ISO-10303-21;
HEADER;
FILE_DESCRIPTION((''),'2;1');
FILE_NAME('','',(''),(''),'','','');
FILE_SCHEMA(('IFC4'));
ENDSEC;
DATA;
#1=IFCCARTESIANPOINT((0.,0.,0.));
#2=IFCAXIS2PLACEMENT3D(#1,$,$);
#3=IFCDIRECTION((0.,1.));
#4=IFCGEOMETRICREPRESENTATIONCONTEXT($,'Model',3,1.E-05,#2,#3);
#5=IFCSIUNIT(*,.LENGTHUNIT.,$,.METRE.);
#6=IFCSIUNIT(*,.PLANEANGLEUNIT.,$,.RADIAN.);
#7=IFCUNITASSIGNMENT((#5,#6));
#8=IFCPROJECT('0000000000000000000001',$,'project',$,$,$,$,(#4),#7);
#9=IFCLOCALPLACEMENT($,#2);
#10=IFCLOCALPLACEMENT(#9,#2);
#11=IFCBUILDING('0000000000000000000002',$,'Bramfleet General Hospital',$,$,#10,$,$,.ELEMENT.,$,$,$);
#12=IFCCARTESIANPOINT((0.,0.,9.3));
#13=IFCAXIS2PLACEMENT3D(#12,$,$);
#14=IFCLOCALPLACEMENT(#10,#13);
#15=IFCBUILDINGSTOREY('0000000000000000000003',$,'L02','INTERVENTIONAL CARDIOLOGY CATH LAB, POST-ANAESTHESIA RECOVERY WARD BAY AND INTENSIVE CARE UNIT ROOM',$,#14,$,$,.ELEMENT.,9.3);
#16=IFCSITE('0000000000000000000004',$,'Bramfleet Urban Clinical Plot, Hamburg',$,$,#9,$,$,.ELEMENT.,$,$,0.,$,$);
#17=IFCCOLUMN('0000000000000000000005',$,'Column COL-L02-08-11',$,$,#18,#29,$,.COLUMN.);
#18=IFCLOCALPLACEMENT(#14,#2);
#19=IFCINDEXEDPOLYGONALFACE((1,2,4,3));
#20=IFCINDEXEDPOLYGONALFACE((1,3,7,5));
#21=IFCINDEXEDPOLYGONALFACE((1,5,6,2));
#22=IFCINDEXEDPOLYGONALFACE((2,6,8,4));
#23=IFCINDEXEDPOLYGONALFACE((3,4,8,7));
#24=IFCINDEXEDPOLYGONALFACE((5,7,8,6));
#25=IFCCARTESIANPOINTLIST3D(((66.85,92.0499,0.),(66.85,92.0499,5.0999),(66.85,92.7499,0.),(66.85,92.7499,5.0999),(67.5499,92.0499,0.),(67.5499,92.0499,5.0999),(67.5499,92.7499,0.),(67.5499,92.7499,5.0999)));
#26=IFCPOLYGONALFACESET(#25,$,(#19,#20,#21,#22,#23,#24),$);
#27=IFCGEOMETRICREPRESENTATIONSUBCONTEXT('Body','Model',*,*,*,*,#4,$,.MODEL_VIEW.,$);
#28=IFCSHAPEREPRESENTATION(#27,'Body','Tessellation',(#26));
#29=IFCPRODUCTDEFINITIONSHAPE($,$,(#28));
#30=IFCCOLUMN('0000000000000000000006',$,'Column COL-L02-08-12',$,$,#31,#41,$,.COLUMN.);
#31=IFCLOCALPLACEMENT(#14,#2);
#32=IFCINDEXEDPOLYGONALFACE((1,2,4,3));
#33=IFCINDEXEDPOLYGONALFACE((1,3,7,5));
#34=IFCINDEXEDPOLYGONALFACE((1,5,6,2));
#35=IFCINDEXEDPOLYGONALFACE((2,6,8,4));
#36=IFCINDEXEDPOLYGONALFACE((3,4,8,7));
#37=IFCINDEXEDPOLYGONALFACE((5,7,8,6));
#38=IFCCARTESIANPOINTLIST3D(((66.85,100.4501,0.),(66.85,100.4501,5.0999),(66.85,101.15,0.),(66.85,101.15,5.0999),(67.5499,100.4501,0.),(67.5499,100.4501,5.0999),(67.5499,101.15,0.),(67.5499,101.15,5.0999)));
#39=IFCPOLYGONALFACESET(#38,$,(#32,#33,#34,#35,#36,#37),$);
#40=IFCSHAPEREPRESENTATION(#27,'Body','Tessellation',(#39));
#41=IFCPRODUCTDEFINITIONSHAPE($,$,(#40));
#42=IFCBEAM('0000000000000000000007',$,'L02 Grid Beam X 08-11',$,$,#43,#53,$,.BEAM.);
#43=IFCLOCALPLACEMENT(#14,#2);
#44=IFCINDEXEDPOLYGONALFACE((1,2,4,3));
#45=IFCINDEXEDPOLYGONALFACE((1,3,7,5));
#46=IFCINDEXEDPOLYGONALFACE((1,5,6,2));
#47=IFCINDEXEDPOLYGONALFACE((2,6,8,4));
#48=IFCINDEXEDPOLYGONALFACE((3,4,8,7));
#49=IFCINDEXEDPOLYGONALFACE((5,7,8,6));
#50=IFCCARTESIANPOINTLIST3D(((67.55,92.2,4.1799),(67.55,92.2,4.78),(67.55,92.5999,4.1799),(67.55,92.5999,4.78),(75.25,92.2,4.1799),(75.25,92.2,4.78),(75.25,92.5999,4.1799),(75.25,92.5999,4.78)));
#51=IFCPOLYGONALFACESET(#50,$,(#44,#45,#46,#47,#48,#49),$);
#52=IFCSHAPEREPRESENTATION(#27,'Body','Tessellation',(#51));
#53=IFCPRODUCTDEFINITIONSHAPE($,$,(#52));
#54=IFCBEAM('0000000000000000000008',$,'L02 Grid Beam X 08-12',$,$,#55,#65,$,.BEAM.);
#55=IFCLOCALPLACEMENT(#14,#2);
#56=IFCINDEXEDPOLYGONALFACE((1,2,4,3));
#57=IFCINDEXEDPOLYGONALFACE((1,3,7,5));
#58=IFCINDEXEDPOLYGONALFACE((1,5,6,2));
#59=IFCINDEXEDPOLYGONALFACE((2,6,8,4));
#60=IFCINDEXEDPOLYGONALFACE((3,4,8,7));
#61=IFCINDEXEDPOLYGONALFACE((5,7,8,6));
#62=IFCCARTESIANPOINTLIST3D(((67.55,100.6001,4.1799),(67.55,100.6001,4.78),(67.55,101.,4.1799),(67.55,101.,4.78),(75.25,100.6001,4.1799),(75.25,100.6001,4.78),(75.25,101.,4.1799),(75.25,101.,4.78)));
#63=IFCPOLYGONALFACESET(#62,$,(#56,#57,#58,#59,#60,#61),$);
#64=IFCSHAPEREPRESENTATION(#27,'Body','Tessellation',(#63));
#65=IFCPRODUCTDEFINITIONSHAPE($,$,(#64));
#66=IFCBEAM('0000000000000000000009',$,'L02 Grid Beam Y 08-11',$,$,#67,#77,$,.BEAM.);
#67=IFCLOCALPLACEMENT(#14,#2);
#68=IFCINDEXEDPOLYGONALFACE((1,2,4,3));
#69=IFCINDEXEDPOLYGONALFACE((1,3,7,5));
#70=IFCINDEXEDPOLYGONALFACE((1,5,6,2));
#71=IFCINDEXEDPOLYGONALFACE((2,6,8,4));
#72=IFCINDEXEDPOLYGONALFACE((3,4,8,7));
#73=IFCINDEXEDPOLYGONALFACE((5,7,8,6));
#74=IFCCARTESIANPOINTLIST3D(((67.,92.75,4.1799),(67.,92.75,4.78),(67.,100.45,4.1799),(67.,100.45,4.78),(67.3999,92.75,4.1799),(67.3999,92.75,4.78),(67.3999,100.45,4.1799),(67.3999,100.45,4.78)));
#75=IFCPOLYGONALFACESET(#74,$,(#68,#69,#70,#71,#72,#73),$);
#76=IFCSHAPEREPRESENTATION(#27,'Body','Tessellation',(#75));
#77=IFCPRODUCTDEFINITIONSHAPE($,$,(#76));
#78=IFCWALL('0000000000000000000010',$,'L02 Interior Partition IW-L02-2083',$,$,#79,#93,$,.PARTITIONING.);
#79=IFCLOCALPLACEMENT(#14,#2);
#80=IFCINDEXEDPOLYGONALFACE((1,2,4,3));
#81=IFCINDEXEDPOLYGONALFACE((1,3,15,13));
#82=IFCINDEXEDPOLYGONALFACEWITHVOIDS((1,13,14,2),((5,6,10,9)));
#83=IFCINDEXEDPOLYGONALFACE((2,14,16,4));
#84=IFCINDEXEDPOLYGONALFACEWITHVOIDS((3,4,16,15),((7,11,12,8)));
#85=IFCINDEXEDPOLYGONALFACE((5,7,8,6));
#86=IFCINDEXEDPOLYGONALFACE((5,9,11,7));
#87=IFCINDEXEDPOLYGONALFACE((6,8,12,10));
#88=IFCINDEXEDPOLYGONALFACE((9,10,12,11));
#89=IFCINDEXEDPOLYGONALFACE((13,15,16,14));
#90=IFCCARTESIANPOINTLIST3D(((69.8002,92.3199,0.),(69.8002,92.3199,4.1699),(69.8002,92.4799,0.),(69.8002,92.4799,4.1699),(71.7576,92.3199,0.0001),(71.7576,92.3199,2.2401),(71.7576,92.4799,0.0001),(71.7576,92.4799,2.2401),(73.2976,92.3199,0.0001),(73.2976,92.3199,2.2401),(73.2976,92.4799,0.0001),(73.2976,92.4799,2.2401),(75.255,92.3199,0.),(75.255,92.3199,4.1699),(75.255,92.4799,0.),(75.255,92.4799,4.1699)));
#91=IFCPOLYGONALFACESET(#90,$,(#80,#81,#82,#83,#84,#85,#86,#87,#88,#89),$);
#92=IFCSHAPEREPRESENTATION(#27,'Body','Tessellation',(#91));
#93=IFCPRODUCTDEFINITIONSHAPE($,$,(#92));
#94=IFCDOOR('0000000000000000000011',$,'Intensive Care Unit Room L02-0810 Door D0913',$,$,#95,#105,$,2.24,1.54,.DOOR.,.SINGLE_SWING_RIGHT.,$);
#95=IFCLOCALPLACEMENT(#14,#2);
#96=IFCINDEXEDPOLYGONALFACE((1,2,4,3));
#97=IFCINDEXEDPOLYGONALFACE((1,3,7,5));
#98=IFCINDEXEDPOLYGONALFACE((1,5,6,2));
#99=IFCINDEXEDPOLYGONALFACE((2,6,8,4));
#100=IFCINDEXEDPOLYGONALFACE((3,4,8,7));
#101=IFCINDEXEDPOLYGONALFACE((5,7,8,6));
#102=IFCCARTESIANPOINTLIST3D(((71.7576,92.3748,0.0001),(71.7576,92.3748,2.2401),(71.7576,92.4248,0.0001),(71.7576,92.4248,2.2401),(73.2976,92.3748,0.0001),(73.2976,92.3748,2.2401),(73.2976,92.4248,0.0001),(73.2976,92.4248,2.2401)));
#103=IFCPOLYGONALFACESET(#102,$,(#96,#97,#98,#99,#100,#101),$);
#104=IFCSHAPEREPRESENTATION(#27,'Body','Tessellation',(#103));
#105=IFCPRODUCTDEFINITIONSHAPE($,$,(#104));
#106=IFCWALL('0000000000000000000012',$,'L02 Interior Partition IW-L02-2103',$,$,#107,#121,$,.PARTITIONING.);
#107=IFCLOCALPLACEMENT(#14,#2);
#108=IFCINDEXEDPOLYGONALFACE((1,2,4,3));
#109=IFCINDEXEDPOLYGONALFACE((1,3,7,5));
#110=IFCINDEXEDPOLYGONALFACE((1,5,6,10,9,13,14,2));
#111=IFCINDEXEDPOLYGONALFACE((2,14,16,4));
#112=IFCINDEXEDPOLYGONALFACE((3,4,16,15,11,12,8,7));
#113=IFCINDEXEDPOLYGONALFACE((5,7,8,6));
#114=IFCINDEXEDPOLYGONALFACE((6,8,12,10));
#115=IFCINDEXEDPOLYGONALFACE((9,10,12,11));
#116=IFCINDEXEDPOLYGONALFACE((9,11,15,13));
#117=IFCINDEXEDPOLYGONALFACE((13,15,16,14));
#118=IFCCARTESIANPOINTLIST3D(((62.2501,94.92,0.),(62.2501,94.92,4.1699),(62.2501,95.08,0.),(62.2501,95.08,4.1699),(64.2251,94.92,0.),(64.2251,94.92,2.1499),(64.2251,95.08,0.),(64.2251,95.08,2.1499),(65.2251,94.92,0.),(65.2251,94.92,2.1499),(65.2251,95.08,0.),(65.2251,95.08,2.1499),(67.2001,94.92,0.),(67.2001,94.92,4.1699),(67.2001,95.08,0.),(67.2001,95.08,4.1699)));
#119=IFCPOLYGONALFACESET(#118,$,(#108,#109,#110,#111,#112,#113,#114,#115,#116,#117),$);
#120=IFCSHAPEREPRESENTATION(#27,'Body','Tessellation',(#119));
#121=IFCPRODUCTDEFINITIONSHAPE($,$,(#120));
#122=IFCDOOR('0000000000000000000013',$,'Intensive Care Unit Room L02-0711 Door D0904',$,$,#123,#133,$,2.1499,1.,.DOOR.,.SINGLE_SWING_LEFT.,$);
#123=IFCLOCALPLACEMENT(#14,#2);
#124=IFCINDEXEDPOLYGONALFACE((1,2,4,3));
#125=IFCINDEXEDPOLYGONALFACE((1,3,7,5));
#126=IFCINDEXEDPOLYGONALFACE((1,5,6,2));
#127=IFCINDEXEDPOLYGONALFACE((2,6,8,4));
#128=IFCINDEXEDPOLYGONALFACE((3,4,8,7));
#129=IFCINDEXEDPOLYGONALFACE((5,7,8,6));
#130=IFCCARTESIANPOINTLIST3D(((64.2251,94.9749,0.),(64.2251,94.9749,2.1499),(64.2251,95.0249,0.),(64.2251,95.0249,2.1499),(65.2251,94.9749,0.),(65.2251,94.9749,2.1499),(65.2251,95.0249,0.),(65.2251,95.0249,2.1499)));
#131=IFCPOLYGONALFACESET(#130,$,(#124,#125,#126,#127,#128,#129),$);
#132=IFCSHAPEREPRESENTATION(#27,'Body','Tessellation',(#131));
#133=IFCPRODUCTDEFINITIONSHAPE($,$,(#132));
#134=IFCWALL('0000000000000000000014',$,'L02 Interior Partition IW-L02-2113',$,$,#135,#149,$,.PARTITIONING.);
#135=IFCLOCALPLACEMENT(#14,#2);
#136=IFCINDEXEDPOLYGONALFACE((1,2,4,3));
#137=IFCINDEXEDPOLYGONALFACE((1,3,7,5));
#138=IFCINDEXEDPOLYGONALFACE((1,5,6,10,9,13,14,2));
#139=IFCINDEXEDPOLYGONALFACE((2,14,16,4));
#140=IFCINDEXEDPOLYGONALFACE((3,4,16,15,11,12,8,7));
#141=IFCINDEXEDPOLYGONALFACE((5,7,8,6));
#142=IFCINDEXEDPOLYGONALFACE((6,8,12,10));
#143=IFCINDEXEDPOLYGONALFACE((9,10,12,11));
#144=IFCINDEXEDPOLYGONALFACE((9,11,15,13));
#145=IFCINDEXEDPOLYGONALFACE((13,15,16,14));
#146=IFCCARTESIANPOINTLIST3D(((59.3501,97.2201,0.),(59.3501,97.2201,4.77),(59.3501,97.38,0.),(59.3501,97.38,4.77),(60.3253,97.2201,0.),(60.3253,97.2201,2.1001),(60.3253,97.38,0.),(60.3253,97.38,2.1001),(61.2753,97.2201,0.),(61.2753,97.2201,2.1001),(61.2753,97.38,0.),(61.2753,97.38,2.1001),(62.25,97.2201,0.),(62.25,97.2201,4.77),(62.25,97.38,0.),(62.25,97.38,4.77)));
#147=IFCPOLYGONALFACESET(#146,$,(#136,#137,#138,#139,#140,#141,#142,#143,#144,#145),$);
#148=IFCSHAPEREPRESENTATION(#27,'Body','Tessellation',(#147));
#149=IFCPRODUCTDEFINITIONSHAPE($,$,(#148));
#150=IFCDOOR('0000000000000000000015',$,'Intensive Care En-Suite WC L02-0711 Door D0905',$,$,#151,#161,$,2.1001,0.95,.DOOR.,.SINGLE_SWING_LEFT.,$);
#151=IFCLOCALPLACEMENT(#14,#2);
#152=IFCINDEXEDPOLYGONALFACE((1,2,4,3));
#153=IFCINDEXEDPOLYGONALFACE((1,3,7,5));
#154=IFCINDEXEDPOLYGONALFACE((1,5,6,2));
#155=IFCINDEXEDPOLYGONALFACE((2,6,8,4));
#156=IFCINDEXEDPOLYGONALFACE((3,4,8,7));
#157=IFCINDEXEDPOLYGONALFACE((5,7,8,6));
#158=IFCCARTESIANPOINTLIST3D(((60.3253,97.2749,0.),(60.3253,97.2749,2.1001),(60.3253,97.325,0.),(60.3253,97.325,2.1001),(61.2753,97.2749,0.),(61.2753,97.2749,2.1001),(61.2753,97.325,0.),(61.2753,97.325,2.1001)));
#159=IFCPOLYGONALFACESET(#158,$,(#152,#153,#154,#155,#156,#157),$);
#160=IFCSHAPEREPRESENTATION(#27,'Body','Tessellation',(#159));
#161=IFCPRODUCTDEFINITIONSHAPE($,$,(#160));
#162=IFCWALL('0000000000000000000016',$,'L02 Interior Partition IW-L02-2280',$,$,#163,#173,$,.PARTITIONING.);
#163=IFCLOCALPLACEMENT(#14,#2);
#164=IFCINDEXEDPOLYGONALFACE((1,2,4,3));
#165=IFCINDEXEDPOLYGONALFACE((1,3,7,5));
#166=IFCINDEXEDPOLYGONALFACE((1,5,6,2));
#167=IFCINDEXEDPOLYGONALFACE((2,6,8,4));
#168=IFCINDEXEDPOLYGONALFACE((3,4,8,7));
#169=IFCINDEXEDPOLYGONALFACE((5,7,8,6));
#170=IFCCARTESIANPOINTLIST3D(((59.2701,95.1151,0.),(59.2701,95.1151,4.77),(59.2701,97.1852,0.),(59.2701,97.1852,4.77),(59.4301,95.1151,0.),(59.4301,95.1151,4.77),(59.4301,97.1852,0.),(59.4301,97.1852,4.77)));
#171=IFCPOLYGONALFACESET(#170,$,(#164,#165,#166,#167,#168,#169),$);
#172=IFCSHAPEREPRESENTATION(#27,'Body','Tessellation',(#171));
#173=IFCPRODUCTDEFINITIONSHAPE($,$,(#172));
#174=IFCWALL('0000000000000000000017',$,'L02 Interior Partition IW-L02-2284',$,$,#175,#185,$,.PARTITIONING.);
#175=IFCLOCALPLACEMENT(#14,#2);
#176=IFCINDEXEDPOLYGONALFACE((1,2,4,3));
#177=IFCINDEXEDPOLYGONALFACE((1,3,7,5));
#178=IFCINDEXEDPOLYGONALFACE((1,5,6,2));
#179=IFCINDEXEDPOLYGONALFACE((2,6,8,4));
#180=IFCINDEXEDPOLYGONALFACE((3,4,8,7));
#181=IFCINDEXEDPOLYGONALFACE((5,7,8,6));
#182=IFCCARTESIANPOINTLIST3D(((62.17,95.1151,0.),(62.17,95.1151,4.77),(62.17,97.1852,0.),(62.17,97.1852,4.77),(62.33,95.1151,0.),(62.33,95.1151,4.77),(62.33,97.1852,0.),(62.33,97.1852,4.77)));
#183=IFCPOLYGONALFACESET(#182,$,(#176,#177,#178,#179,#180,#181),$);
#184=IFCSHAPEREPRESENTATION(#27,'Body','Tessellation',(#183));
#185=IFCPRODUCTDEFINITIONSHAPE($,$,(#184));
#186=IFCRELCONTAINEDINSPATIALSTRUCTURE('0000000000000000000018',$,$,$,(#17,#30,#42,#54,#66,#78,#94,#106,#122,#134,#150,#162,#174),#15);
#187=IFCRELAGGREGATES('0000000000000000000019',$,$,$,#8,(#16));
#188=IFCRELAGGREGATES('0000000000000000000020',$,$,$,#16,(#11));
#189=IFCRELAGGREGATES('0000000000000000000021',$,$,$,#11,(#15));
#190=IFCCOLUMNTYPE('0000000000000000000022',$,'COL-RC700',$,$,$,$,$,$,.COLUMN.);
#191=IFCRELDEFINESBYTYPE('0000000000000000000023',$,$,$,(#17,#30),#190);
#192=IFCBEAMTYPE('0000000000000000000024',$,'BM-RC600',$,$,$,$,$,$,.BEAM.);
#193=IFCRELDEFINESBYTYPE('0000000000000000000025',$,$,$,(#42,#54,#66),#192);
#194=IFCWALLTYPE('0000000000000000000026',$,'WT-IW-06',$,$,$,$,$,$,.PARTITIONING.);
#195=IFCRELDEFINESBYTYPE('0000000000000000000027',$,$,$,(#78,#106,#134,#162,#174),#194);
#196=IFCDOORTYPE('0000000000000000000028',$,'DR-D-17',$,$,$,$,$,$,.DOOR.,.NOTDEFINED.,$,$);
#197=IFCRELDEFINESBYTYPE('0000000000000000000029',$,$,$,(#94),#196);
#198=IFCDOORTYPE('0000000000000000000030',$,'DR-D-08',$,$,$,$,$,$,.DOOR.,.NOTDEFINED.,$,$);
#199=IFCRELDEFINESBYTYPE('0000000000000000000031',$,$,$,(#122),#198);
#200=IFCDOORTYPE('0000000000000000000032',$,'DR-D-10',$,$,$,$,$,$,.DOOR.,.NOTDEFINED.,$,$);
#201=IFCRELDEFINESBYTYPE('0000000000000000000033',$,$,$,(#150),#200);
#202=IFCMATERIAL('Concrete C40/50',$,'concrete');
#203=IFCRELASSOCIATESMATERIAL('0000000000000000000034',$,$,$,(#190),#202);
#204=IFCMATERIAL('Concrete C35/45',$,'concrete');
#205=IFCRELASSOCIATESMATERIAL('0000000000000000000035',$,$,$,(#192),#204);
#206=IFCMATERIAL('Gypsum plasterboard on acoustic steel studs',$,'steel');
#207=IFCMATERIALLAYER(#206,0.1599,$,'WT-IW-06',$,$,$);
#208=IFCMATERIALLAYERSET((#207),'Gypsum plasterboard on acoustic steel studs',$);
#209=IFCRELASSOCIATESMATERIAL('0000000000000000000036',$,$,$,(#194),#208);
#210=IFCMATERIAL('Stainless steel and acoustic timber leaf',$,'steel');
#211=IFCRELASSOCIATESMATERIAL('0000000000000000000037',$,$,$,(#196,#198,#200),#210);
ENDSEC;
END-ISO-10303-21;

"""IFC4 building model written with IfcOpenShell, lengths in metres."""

from ifc_helpers import new_model, si_unit, direction, frame, frame_2d, origin, origin_2d, place, context, subcontext, project, spatial, rectangle, extrude, material, layer, layer_set, material_profile, profile_set, type_object, element, fill, save


model = new_model("IFC4")

# Units and contexts
model_context = context("Model", 3, precision=1e-05, world=origin(), true_north=direction((0.0, 1.0)))
body_context = subcontext(model_context, "Body", "Model", "MODEL_VIEW")
ifc_project = project(units=[si_unit("LENGTHUNIT", "METRE"), si_unit("PLANEANGLEUNIT", "RADIAN")], contexts=[model_context])

# Site, building, storey
site_placement = place(None, origin())
site = spatial("IfcSite", under=ifc_project, at=site_placement, Name="Bramfleet Urban Clinical Plot, Hamburg", CompositionType="ELEMENT", RefElevation=0.0)
building_placement = place(site_placement, origin())
building = spatial("IfcBuilding", under=site, at=building_placement, Name="Bramfleet General Hospital", CompositionType="ELEMENT")
storey_placement = place(building_placement, frame((0.0, 0.0, 9.3)))
storey = spatial("IfcBuildingStorey", under=building, at=storey_placement, Name="L02", Description="INTERVENTIONAL CARDIOLOGY CATH LAB, POST-ANAESTHESIA RECOVERY WARD BAY AND INTENSIVE CARE UNIT ROOM", CompositionType="ELEMENT", Elevation=9.3)

# Columns
ifc_material_1 = material(Name="Concrete C40/50", Category="concrete")
ifc_material_profile_1 = material_profile(ifc_material_1, rectangle(XDim=0.7, YDim=0.7, at=origin_2d()), Name="RC COL 700x700")
ifc_profile_set_1 = profile_set([ifc_material_profile_1], Name="Concrete C40/50")
column_type = type_object("IfcColumnType", Name="COL-RC700", PredefinedType="COLUMN", material=ifc_profile_set_1)
for number, where, z_axis, x_axis, name in (
    (1, (67.2, 92.3999, 0.0), (0.0, 0.0, 1.0), (1.0, 0.0, 0.0), "Column COL-L02-08-11"),
    (2, (67.2, 100.8, 0.0), (0.0, 0.0, 1.0), (1.0, 0.0, 0.0), "Column COL-L02-08-12"),
):
    element("IfcColumn", number, at=place(storey_placement, frame(where, z_axis=z_axis, x_axis=x_axis)), inside=storey, type_object=column_type, Name=name, PredefinedType="COLUMN", context=body_context, shape_type="SweptSolid", body=[
        extrude(rectangle(XDim=0.7, YDim=0.7, at=origin_2d()), origin(), (0.0, 0.0, 1.0), 5.0999),
    ])

# Beams
ifc_material_2 = material(Name="Concrete C35/45", Category="concrete")
ifc_material_profile_2 = material_profile(ifc_material_2, rectangle(XDim=0.3999, YDim=0.6001, at=origin_2d()), Name="RC BM 600x400")
ifc_profile_set_2 = profile_set([ifc_material_profile_2], Name="Concrete C35/45")
beam_type = type_object("IfcBeamType", Name="BM-RC600", PredefinedType="BEAM", material=ifc_profile_set_2)
for number, where, z_axis, x_axis, name in (
    (3, (67.55, 92.3999, 4.48), (1.0, 0.0, 0.0), (0.0, 1.0, 0.0), "L02 Grid Beam X 08-11"),
    (4, (67.55, 100.8, 4.48), (1.0, 0.0, 0.0), (0.0, 1.0, 0.0), "L02 Grid Beam X 08-12"),
    (5, (67.2, 92.75, 4.48), (0.0, 1.0, 0.0), (-1.0, 0.0, 0.0), "L02 Grid Beam Y 08-11"),
):
    element("IfcBeam", number, at=place(storey_placement, frame(where, z_axis=z_axis, x_axis=x_axis)), inside=storey, type_object=beam_type, Name=name, PredefinedType="BEAM", context=body_context, shape_type="SweptSolid", body=[
        extrude(rectangle(XDim=0.3999, YDim=0.6001, at=origin_2d()), origin(), (0.0, 0.0, 1.0), 7.7),
    ])

# Walls, openings, doors
ifc_material_3 = material(Name="Gypsum plasterboard on acoustic steel studs", Category="steel")
ifc_layer_1 = layer(ifc_material_3, 0.1599, Name="WT-IW-06")
ifc_layer_set_1 = layer_set([ifc_layer_1], Name="Gypsum plasterboard on acoustic steel studs")
wall_type_1 = type_object("IfcWallType", Name="WT-IW-06", PredefinedType="PARTITIONING", material=ifc_layer_set_1)
wall_1_placement = place(storey_placement, frame((69.8, 92.3999, 0.0), z_axis=(0.0, 0.0, 1.0), x_axis=(1.0, 0.0, 0.0)))
wall_1 = element("IfcWall", 6, at=wall_1_placement, inside=storey, type_object=wall_type_1, Name="L02 Interior Partition IW-L02-2083", PredefinedType="PARTITIONING", context=body_context, shape_type="SweptSolid", body=[
    extrude(rectangle(XDim=5.4548, YDim=0.1599, at=frame_2d((2.7275, 0.0))), origin(), (0.0, 0.0, 1.0), 4.1699),
])
opening_1_placement = place(wall_1_placement, frame((1.9575, 0.0, 0.0)))
opening_1 = element("IfcOpeningElement", 7, at=opening_1_placement, cuts=wall_1, PredefinedType="OPENING", context=body_context, shape_type="SweptSolid", body=[
    extrude(rectangle(XDim=1.54, YDim=2.24, at=frame_2d((0.77, 1.1201))), frame((0.0, 0.0898, 0.0), z_axis=(0.0, -1.0, 0.0), x_axis=(1.0, 0.0, 0.0)), (0.0, 0.0, 1.0), 0.1799),
])
ifc_material_4 = material(Name="Stainless steel and acoustic timber leaf", Category="steel")
door_type_1 = type_object("IfcDoorType", Name="DR-D-17", OperationType="NOTDEFINED", PredefinedType="DOOR", material=ifc_material_4)
door_1_placement = place(opening_1_placement, origin())
door_1 = element("IfcDoor", 8, at=door_1_placement, inside=storey, type_object=door_type_1, Name="Intensive Care Unit Room L02-0810 Door D0913", OperationType="SINGLE_SWING_RIGHT", OverallHeight=2.24, OverallWidth=1.54, PredefinedType="DOOR", context=body_context, shape_type="SweptSolid", body=[
    extrude(rectangle(XDim=1.54, YDim=2.24, at=frame_2d((0.77, 1.1201))), frame((0.0, 0.0249, 0.0), z_axis=(0.0, -1.0, 0.0), x_axis=(1.0, 0.0, 0.0)), (0.0, 0.0, 1.0), 0.05),
])
fill(opening_1, door_1)
wall_2_placement = place(storey_placement, frame((62.25, 95.0, 0.0), z_axis=(0.0, 0.0, 1.0), x_axis=(1.0, 0.0, 0.0)))
wall_2 = element("IfcWall", 9, at=wall_2_placement, inside=storey, type_object=wall_type_1, Name="L02 Interior Partition IW-L02-2103", PredefinedType="PARTITIONING", context=body_context, shape_type="SweptSolid", body=[
    extrude(rectangle(XDim=4.95, YDim=0.1599, at=frame_2d((2.4751, 0.0))), origin(), (0.0, 0.0, 1.0), 4.1699),
])
opening_2_placement = place(wall_2_placement, frame((1.9751, 0.0, 0.0)))
opening_2 = element("IfcOpeningElement", 10, at=opening_2_placement, cuts=wall_2, PredefinedType="OPENING", context=body_context, shape_type="SweptSolid", body=[
    extrude(rectangle(XDim=1.0, YDim=2.1499, at=frame_2d((0.5, 1.075))), frame((0.0, 0.0898, 0.0), z_axis=(0.0, -1.0, 0.0), x_axis=(1.0, 0.0, 0.0)), (0.0, 0.0, 1.0), 0.1799),
])
door_type_2 = type_object("IfcDoorType", Name="DR-D-08", OperationType="NOTDEFINED", PredefinedType="DOOR", material=ifc_material_4)
door_2_placement = place(opening_2_placement, origin())
door_2 = element("IfcDoor", 11, at=door_2_placement, inside=storey, type_object=door_type_2, Name="Intensive Care Unit Room L02-0711 Door D0904", OperationType="SINGLE_SWING_LEFT", OverallHeight=2.1499, OverallWidth=1.0, PredefinedType="DOOR", context=body_context, shape_type="SweptSolid", body=[
    extrude(rectangle(XDim=1.0, YDim=2.1499, at=frame_2d((0.5, 1.075))), frame((0.0, 0.0249, 0.0), z_axis=(0.0, -1.0, 0.0), x_axis=(1.0, 0.0, 0.0)), (0.0, 0.0, 1.0), 0.05),
])
fill(opening_2, door_2)
wall_3_placement = place(storey_placement, frame((59.3501, 97.3, 0.0), z_axis=(0.0, 0.0, 1.0), x_axis=(1.0, 0.0, 0.0)))
wall_3 = element("IfcWall", 12, at=wall_3_placement, inside=storey, type_object=wall_type_1, Name="L02 Interior Partition IW-L02-2113", PredefinedType="PARTITIONING", context=body_context, shape_type="SweptSolid", body=[
    extrude(rectangle(XDim=2.8999, YDim=0.1599, at=frame_2d((1.45, 0.0))), origin(), (0.0, 0.0, 1.0), 4.77),
])
opening_3_placement = place(wall_3_placement, frame((0.9751, 0.0, 0.0)))
opening_3 = element("IfcOpeningElement", 13, at=opening_3_placement, cuts=wall_3, PredefinedType="OPENING", context=body_context, shape_type="SweptSolid", body=[
    extrude(rectangle(XDim=0.95, YDim=2.1001, at=frame_2d((0.4751, 1.05))), frame((0.0, 0.0898, 0.0), z_axis=(0.0, -1.0, 0.0), x_axis=(1.0, 0.0, 0.0)), (0.0, 0.0, 1.0), 0.1799),
])
door_type_3 = type_object("IfcDoorType", Name="DR-D-10", OperationType="NOTDEFINED", PredefinedType="DOOR", material=ifc_material_4)
door_3_placement = place(opening_3_placement, origin())
door_3 = element("IfcDoor", 14, at=door_3_placement, inside=storey, type_object=door_type_3, Name="Intensive Care En-Suite WC L02-0711 Door D0905", OperationType="SINGLE_SWING_LEFT", OverallHeight=2.1001, OverallWidth=0.95, PredefinedType="DOOR", context=body_context, shape_type="SweptSolid", body=[
    extrude(rectangle(XDim=0.95, YDim=2.1001, at=frame_2d((0.4751, 1.05))), frame((0.0, 0.0249, 0.0), z_axis=(0.0, -1.0, 0.0), x_axis=(1.0, 0.0, 0.0)), (0.0, 0.0, 1.0), 0.05),
])
fill(opening_3, door_3)

# Walls
for number, where, z_axis, x_axis, name in (
    (15, (59.3501, 95.115, 0.0), (0.0, 0.0, 1.0), (0.0, 1.0, 0.0), "L02 Interior Partition IW-L02-2280"),
    (16, (62.25, 95.115, 0.0), (0.0, 0.0, 1.0), (0.0, 1.0, 0.0), "L02 Interior Partition IW-L02-2284"),
):
    element("IfcWall", number, at=place(storey_placement, frame(where, z_axis=z_axis, x_axis=x_axis)), inside=storey, type_object=wall_type_1, Name=name, PredefinedType="PARTITIONING", context=body_context, shape_type="SweptSolid", body=[
        extrude(rectangle(XDim=2.0701, YDim=0.1599, at=frame_2d((1.0352, 0.0))), origin(), (0.0, 0.0, 1.0), 4.77),
    ])

save(model, "model.ifc")
